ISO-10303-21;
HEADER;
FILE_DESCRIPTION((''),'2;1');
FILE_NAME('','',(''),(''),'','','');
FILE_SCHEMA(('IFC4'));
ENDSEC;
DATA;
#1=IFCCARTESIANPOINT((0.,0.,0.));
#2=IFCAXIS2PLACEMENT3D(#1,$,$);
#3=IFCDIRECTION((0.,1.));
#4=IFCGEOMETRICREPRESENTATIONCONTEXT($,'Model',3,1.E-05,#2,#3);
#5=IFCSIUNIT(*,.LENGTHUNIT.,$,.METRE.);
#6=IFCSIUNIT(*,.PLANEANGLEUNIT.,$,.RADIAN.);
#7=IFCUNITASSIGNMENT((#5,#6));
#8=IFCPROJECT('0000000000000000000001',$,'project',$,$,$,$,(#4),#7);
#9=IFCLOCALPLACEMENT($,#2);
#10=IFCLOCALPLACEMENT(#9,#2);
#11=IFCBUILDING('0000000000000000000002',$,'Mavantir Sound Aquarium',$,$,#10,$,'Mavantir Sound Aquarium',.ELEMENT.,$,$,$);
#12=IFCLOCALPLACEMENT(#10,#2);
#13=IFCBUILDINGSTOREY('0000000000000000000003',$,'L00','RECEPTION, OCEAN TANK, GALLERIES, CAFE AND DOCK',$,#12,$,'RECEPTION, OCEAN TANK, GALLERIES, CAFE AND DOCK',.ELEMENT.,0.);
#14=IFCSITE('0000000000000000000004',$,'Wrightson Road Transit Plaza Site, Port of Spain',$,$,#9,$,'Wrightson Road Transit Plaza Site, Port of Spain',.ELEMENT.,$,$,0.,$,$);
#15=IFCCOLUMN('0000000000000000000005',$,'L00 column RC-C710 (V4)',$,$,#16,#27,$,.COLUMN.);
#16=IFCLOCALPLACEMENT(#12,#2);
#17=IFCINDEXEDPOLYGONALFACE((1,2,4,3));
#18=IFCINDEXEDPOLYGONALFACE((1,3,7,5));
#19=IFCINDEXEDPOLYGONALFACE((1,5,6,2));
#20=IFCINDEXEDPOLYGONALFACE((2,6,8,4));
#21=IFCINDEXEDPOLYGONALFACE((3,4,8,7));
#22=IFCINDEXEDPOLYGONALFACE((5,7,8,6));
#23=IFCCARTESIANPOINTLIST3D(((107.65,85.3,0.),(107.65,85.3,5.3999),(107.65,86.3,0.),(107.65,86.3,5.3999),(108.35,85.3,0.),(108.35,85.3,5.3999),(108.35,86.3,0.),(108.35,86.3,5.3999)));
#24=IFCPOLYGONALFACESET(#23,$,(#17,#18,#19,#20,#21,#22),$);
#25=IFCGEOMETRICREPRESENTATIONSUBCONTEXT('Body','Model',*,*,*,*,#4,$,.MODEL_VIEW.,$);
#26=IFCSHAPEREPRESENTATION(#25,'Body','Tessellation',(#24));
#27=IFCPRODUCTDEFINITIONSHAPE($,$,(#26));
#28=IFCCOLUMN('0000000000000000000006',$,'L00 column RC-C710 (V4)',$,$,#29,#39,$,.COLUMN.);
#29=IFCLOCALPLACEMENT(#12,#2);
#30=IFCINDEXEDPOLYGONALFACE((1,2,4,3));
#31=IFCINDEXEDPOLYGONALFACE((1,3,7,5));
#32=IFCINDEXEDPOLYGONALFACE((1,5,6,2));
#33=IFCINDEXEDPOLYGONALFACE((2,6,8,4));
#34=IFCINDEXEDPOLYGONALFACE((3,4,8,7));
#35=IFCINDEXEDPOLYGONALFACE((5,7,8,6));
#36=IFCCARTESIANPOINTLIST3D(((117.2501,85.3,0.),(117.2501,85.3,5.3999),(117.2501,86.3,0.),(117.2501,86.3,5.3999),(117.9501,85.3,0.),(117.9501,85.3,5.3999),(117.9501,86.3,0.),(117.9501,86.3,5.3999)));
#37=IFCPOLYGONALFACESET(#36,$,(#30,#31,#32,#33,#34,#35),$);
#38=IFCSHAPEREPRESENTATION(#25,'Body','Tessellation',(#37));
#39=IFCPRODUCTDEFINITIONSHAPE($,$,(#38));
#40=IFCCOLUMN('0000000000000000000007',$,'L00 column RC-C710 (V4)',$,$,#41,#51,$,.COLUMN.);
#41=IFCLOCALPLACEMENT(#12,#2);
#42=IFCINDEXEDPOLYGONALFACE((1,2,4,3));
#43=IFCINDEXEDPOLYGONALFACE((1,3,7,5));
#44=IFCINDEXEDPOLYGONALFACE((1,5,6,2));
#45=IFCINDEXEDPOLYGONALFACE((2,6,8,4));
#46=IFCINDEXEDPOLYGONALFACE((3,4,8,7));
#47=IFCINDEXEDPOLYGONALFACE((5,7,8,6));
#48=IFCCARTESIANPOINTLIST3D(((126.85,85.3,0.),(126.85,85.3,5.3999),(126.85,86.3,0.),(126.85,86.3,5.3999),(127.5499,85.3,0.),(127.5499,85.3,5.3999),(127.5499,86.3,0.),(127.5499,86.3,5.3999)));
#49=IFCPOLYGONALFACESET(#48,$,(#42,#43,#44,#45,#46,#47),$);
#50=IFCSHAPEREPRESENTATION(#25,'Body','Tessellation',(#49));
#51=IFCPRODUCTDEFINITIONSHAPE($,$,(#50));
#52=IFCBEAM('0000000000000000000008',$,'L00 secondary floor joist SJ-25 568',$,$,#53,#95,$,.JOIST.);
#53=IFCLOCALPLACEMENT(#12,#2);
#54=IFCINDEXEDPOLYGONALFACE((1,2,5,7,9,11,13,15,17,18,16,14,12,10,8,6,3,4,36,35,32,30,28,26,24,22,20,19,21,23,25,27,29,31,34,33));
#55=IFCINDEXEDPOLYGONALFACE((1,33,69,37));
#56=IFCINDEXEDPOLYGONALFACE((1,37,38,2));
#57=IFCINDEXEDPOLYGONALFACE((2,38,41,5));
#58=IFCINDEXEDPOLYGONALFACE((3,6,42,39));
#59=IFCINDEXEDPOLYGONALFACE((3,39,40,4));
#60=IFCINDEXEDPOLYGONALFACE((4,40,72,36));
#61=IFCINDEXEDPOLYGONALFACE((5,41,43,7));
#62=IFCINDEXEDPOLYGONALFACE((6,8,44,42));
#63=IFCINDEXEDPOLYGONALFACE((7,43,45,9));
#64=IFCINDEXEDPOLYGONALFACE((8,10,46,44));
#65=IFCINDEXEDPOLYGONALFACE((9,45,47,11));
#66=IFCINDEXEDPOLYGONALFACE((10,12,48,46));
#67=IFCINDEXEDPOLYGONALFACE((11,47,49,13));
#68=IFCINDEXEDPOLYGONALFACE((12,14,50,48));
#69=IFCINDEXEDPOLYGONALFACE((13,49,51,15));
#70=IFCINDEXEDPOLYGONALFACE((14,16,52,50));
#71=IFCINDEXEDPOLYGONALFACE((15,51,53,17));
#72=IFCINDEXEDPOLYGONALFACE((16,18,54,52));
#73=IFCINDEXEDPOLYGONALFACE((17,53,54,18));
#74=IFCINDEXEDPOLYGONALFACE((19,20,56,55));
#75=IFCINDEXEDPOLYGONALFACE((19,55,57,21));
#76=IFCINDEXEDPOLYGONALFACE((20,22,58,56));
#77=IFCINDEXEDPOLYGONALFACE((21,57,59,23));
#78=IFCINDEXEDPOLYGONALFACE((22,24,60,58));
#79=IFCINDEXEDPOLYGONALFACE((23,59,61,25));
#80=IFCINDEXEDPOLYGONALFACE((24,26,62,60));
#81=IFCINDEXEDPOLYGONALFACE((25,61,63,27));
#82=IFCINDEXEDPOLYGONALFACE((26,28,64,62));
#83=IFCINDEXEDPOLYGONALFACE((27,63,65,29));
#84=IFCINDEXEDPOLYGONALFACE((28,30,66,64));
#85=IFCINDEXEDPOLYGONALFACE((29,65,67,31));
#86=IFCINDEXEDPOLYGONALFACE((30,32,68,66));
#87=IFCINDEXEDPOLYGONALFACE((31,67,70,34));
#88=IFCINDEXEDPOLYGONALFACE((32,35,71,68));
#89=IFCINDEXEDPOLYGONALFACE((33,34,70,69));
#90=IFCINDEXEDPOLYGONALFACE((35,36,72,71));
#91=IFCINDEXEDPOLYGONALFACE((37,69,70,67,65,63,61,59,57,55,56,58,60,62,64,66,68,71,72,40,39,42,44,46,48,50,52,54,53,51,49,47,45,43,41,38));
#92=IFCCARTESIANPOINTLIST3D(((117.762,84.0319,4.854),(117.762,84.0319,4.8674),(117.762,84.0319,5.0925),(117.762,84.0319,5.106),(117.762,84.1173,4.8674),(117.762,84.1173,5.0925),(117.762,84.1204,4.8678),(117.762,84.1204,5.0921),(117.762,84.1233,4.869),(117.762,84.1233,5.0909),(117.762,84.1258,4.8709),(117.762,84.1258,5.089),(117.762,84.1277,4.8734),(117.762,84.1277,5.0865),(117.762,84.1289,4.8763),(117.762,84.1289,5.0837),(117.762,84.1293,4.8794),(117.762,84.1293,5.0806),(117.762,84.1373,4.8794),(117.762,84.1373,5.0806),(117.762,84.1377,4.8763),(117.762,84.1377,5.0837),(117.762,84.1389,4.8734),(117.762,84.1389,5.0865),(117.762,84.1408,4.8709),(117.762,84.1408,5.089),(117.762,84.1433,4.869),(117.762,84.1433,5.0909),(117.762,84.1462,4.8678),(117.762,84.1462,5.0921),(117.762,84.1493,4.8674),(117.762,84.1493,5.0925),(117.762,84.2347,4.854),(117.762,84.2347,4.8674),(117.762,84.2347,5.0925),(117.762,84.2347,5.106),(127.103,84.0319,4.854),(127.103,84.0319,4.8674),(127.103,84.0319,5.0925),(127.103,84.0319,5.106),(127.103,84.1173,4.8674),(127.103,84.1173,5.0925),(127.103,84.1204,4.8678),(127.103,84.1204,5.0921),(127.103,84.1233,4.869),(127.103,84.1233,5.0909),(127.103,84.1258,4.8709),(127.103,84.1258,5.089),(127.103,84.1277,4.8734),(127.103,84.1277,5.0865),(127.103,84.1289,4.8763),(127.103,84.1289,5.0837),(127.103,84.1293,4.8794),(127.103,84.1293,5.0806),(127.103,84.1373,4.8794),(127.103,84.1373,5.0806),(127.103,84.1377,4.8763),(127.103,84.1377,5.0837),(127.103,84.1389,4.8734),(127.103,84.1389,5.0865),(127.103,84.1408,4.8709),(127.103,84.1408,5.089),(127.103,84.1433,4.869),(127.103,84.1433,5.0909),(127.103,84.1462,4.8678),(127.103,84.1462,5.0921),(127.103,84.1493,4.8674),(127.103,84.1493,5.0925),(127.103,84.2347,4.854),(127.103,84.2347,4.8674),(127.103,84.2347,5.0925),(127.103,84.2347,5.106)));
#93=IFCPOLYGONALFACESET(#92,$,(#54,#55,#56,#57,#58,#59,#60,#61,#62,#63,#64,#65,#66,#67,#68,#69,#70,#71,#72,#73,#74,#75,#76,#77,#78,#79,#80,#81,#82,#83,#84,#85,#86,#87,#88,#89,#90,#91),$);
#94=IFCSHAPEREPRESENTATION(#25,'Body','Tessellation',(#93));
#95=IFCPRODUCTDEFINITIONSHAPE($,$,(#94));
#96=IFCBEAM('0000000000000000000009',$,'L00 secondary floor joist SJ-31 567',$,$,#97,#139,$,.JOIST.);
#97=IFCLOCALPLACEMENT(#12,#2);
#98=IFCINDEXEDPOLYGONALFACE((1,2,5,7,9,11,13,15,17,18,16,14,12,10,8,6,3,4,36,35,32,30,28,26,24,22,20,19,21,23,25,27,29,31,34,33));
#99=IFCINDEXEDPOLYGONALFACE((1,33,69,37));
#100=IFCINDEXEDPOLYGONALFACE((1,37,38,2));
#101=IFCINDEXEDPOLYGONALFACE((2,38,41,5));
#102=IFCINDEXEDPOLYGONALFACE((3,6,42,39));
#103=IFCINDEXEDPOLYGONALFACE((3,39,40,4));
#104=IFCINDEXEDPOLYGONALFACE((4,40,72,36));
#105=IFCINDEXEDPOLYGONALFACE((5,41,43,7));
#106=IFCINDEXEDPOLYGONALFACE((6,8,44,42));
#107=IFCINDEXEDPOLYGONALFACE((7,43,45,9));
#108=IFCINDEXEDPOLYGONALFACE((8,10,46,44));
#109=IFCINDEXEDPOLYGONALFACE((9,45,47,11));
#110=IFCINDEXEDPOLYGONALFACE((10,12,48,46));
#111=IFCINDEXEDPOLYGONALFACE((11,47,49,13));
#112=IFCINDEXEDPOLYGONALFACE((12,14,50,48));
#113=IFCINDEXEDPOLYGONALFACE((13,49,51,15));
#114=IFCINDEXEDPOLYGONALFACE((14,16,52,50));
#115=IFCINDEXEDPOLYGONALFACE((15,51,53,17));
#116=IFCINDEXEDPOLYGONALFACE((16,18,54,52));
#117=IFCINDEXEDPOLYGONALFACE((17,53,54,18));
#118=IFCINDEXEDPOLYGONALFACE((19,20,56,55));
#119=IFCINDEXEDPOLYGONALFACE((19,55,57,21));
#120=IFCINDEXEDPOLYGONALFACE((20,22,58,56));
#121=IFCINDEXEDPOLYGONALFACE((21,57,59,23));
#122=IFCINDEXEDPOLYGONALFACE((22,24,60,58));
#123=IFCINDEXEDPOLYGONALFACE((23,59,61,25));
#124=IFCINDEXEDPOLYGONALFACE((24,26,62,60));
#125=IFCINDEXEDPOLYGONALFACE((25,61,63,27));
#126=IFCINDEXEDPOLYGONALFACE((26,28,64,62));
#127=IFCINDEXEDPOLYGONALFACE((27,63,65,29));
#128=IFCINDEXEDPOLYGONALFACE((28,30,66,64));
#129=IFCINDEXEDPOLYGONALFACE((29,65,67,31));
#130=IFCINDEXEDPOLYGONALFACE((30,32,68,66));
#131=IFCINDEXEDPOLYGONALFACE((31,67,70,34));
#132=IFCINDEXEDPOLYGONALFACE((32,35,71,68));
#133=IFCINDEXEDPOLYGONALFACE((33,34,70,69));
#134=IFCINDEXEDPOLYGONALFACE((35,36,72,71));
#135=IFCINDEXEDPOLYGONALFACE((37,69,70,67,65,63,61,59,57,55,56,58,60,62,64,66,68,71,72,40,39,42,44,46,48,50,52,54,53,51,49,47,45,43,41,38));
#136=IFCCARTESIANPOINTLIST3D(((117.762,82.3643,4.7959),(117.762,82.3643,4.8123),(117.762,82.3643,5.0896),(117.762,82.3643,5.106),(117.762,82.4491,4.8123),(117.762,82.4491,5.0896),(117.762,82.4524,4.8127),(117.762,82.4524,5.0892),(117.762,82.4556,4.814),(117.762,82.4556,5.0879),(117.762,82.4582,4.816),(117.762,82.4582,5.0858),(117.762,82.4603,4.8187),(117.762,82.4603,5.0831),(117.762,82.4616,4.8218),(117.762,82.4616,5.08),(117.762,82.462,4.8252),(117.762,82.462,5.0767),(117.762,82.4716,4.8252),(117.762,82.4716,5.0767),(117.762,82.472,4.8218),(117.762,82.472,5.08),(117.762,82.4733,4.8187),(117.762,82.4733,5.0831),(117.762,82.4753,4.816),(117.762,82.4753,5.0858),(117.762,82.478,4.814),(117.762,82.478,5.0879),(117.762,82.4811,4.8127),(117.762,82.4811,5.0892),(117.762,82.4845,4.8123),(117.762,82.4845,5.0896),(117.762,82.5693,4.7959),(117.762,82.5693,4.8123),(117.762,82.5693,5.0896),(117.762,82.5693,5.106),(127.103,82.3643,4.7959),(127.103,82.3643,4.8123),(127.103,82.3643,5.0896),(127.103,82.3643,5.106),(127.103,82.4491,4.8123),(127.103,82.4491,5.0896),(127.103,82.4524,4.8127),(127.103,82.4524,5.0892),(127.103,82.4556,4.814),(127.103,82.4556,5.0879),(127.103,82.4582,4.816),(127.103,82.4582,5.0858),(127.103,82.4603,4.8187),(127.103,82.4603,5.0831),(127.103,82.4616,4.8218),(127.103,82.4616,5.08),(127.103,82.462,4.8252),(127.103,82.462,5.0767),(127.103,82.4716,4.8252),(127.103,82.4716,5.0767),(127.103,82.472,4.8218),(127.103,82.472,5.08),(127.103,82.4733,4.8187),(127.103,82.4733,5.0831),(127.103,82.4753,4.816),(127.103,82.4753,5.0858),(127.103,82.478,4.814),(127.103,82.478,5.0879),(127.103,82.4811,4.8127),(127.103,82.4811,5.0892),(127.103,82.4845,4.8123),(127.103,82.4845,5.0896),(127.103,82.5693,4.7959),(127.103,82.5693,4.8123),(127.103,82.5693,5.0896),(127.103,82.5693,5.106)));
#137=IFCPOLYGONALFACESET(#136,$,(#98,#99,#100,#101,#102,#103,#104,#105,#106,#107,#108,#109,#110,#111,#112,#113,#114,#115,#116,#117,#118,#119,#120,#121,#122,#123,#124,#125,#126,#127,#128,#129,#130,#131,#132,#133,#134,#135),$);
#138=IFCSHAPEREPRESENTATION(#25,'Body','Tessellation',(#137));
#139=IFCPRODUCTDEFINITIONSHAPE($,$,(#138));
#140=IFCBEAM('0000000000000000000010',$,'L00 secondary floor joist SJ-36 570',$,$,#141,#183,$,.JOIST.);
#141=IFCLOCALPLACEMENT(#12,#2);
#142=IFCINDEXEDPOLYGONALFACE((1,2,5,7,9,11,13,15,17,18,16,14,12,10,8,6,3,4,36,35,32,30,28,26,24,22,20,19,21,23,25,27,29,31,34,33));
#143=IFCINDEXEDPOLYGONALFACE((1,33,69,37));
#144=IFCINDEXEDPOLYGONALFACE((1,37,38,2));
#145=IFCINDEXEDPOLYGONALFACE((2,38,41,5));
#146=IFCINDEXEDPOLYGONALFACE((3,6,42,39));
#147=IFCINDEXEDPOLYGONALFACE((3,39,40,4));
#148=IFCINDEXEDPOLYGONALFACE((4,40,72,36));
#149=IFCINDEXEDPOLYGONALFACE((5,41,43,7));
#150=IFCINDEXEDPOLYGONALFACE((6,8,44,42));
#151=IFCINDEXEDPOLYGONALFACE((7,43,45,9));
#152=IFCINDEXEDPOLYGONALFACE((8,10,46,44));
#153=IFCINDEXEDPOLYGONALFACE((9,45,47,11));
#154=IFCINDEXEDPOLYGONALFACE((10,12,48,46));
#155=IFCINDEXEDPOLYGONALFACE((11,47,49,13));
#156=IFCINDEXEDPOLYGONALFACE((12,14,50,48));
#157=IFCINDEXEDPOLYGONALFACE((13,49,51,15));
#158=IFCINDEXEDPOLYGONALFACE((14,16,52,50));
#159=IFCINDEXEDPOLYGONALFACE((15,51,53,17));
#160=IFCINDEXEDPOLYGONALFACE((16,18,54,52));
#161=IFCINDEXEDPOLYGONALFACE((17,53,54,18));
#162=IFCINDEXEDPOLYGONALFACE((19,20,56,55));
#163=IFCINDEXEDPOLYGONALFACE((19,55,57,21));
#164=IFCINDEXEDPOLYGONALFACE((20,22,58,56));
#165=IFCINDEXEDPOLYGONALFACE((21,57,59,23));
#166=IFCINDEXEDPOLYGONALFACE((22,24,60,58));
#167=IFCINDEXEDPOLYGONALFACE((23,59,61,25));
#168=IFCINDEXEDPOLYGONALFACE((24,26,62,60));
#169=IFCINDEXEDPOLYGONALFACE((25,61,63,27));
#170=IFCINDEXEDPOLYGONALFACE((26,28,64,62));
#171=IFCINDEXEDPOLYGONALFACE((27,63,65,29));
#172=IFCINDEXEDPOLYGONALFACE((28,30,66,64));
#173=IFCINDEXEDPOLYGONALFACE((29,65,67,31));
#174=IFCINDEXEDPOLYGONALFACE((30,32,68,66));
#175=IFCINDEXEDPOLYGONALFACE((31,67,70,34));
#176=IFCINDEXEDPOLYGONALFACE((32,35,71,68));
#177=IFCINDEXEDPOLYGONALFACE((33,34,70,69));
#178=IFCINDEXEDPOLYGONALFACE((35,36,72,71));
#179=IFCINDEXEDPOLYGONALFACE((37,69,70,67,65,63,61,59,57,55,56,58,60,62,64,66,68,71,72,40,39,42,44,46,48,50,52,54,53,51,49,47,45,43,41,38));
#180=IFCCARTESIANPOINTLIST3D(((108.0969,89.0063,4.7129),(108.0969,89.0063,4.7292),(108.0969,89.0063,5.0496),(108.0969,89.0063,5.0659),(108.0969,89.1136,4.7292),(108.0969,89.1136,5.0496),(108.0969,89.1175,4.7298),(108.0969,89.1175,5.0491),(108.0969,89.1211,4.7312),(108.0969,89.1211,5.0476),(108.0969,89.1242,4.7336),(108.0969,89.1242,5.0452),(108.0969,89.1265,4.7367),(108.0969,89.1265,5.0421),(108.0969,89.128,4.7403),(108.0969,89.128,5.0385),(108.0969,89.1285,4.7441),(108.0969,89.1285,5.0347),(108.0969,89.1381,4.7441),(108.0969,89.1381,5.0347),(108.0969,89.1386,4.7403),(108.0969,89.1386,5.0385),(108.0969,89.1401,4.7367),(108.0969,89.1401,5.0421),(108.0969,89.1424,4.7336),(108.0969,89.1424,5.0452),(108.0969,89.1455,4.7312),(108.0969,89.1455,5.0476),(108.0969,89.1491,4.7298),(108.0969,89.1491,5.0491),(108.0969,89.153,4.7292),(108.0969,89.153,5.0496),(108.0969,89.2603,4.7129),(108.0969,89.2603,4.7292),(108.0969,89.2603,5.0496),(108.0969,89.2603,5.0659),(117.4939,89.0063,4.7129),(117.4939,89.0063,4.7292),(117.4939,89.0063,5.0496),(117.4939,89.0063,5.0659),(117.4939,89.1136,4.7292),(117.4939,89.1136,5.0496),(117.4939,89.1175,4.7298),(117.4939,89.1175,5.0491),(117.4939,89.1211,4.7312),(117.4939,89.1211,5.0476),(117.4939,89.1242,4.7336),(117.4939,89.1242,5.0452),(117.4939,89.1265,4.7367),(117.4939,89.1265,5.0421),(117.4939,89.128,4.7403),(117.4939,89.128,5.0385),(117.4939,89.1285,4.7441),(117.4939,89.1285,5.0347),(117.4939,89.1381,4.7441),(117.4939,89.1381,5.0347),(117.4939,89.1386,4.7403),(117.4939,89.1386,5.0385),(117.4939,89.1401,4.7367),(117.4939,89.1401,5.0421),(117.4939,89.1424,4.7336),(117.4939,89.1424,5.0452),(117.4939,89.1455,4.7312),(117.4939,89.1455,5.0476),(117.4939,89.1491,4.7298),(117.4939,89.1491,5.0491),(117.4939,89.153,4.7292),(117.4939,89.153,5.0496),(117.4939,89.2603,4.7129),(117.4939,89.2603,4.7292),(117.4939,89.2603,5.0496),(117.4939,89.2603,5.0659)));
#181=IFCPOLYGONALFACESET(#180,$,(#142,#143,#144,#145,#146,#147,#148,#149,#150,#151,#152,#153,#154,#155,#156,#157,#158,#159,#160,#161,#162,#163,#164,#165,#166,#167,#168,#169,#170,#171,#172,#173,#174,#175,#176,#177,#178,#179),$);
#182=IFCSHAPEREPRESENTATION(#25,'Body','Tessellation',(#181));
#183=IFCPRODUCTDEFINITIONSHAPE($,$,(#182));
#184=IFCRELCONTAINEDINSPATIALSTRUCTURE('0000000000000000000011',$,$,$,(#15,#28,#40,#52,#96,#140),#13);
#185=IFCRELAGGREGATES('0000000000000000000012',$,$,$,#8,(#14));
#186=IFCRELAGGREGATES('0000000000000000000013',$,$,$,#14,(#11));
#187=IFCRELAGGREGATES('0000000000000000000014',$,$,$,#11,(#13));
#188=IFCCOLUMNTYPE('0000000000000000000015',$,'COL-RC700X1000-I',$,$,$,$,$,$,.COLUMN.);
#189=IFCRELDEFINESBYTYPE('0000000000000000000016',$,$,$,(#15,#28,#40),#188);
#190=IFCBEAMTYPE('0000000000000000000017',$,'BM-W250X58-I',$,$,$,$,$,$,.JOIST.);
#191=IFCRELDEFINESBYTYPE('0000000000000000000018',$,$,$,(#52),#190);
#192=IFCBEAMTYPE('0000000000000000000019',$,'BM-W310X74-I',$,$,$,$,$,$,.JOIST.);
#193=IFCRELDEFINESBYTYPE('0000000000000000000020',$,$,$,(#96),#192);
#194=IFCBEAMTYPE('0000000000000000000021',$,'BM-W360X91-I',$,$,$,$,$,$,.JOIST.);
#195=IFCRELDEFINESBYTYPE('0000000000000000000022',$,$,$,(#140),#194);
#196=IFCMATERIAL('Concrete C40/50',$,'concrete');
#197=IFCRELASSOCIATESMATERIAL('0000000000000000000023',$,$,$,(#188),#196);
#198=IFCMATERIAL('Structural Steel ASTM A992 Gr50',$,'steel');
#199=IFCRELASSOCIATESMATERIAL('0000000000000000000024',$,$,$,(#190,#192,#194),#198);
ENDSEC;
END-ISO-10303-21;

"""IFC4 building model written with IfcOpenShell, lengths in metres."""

from ifc_helpers import new_model, si_unit, direction, frame, origin, origin_2d, place, context, subcontext, project, spatial, rectangle, i_section, extrude, material, material_profile, profile_set, type_object, element, save


model = new_model("IFC4")

# Units and contexts
model_context = context("Model", 3, precision=1e-05, world=origin(), true_north=direction((0.0, 1.0)))
body_context = subcontext(model_context, "Body", "Model", "MODEL_VIEW")
ifc_project = project(units=[si_unit("LENGTHUNIT", "METRE"), si_unit("PLANEANGLEUNIT", "RADIAN")], contexts=[model_context])

# Site, building, storey
site_placement = place(None, origin())
site = spatial("IfcSite", under=ifc_project, at=site_placement, Name="Wrightson Road Transit Plaza Site, Port of Spain", LongName="Wrightson Road Transit Plaza Site, Port of Spain", CompositionType="ELEMENT", RefElevation=0.0)
building_placement = place(site_placement, origin())
building = spatial("IfcBuilding", under=site, at=building_placement, Name="Mavantir Sound Aquarium", LongName="Mavantir Sound Aquarium", CompositionType="ELEMENT")
storey_placement = place(building_placement, origin())
storey = spatial("IfcBuildingStorey", under=building, at=storey_placement, Name="L00", Description="RECEPTION, OCEAN TANK, GALLERIES, CAFE AND DOCK", LongName="RECEPTION, OCEAN TANK, GALLERIES, CAFE AND DOCK", CompositionType="ELEMENT", Elevation=0.0)

# Columns
ifc_material_1 = material(Name="Concrete C40/50", Category="concrete")
ifc_material_profile_1 = material_profile(ifc_material_1, rectangle(XDim=0.7, YDim=1.0, at=origin_2d()), Name="RC 700X1000")
ifc_profile_set_1 = profile_set([ifc_material_profile_1], Name="Concrete C40/50")
column_type = type_object("IfcColumnType", Name="COL-RC700X1000-I", PredefinedType="COLUMN", material=ifc_profile_set_1)
for number, where, z_axis, x_axis, name in (
    (1, (108.0, 85.8, 0.0), (0.0, 0.0, 1.0), (1.0, 0.0, 0.0), "L00 column RC-C710 (V4)"),
    (2, (117.6001, 85.8, 0.0), (0.0, 0.0, 1.0), (1.0, 0.0, 0.0), "L00 column RC-C710 (V4)"),
    (3, (127.2, 85.8, 0.0), (0.0, 0.0, 1.0), (1.0, 0.0, 0.0), "L00 column RC-C710 (V4)"),
):
    element("IfcColumn", number, at=place(storey_placement, frame(where, z_axis=z_axis, x_axis=x_axis)), inside=storey, type_object=column_type, Name=name, PredefinedType="COLUMN", context=body_context, shape_type="SweptSolid", body=[
        extrude(rectangle(XDim=0.7, YDim=1.0, at=origin_2d()), origin(), (0.0, 0.0, 1.0), 5.3999),
    ])

# Beams
ifc_material_2 = material(Name="Structural Steel ASTM A992 Gr50", Category="steel")
ifc_material_profile_2 = material_profile(ifc_material_2, i_section(OverallWidth=0.2029, OverallDepth=0.252, WebThickness=0.0081, FlangeThickness=0.0134, FilletRadius=0.012, at=origin_2d()), Name="W250X58")
ifc_profile_set_2 = profile_set([ifc_material_profile_2], Name="Structural Steel ASTM A992 Gr50")
beam_type_1 = type_object("IfcBeamType", Name="BM-W250X58-I", PredefinedType="JOIST", material=ifc_profile_set_2)
beam_1_placement = place(storey_placement, frame((117.762, 84.1333, 4.98), z_axis=(1.0, 0.0, 0.0), x_axis=(0.0, 1.0, 0.0)))
element("IfcBeam", 4, at=beam_1_placement, inside=storey, type_object=beam_type_1, Name="L00 secondary floor joist SJ-25 568", PredefinedType="JOIST", context=body_context, shape_type="SweptSolid", body=[
    extrude(i_section(OverallWidth=0.2029, OverallDepth=0.252, WebThickness=0.0081, FlangeThickness=0.0134, FilletRadius=0.012, at=origin_2d()), origin(), (0.0, 0.0, 1.0), 9.3411),
])
ifc_material_profile_3 = material_profile(ifc_material_2, i_section(OverallWidth=0.2051, OverallDepth=0.3101, WebThickness=0.0095, FlangeThickness=0.0164, FilletRadius=0.0129, at=origin_2d()), Name="W310X74")
ifc_profile_set_3 = profile_set([ifc_material_profile_3], Name="Structural Steel ASTM A992 Gr50")
beam_type_2 = type_object("IfcBeamType", Name="BM-W310X74-I", PredefinedType="JOIST", material=ifc_profile_set_3)
beam_2_placement = place(storey_placement, frame((117.762, 82.4668, 4.9509), z_axis=(1.0, 0.0, 0.0), x_axis=(0.0, 1.0, 0.0)))
element("IfcBeam", 5, at=beam_2_placement, inside=storey, type_object=beam_type_2, Name="L00 secondary floor joist SJ-31 567", PredefinedType="JOIST", context=body_context, shape_type="SweptSolid", body=[
    extrude(i_section(OverallWidth=0.2051, OverallDepth=0.3101, WebThickness=0.0095, FlangeThickness=0.0164, FilletRadius=0.0129, at=origin_2d()), origin(), (0.0, 0.0, 1.0), 9.3411),
])
ifc_material_profile_4 = material_profile(ifc_material_2, i_section(OverallWidth=0.2539, OverallDepth=0.353, WebThickness=0.0095, FlangeThickness=0.0164, FilletRadius=0.0149, at=origin_2d()), Name="W360X91")
ifc_profile_set_4 = profile_set([ifc_material_profile_4], Name="Structural Steel ASTM A992 Gr50")
beam_type_3 = type_object("IfcBeamType", Name="BM-W360X91-I", PredefinedType="JOIST", material=ifc_profile_set_4)
beam_3_placement = place(storey_placement, frame((108.0969, 89.1333, 4.8894), z_axis=(1.0, 0.0, 0.0), x_axis=(0.0, 1.0, 0.0)))
element("IfcBeam", 6, at=beam_3_placement, inside=storey, type_object=beam_type_3, Name="L00 secondary floor joist SJ-36 570", PredefinedType="JOIST", context=body_context, shape_type="SweptSolid", body=[
    extrude(i_section(OverallWidth=0.2539, OverallDepth=0.353, WebThickness=0.0095, FlangeThickness=0.0164, FilletRadius=0.0149, at=origin_2d()), origin(), (0.0, 0.0, 1.0), 9.397),
])

save(model, "model.ifc")
